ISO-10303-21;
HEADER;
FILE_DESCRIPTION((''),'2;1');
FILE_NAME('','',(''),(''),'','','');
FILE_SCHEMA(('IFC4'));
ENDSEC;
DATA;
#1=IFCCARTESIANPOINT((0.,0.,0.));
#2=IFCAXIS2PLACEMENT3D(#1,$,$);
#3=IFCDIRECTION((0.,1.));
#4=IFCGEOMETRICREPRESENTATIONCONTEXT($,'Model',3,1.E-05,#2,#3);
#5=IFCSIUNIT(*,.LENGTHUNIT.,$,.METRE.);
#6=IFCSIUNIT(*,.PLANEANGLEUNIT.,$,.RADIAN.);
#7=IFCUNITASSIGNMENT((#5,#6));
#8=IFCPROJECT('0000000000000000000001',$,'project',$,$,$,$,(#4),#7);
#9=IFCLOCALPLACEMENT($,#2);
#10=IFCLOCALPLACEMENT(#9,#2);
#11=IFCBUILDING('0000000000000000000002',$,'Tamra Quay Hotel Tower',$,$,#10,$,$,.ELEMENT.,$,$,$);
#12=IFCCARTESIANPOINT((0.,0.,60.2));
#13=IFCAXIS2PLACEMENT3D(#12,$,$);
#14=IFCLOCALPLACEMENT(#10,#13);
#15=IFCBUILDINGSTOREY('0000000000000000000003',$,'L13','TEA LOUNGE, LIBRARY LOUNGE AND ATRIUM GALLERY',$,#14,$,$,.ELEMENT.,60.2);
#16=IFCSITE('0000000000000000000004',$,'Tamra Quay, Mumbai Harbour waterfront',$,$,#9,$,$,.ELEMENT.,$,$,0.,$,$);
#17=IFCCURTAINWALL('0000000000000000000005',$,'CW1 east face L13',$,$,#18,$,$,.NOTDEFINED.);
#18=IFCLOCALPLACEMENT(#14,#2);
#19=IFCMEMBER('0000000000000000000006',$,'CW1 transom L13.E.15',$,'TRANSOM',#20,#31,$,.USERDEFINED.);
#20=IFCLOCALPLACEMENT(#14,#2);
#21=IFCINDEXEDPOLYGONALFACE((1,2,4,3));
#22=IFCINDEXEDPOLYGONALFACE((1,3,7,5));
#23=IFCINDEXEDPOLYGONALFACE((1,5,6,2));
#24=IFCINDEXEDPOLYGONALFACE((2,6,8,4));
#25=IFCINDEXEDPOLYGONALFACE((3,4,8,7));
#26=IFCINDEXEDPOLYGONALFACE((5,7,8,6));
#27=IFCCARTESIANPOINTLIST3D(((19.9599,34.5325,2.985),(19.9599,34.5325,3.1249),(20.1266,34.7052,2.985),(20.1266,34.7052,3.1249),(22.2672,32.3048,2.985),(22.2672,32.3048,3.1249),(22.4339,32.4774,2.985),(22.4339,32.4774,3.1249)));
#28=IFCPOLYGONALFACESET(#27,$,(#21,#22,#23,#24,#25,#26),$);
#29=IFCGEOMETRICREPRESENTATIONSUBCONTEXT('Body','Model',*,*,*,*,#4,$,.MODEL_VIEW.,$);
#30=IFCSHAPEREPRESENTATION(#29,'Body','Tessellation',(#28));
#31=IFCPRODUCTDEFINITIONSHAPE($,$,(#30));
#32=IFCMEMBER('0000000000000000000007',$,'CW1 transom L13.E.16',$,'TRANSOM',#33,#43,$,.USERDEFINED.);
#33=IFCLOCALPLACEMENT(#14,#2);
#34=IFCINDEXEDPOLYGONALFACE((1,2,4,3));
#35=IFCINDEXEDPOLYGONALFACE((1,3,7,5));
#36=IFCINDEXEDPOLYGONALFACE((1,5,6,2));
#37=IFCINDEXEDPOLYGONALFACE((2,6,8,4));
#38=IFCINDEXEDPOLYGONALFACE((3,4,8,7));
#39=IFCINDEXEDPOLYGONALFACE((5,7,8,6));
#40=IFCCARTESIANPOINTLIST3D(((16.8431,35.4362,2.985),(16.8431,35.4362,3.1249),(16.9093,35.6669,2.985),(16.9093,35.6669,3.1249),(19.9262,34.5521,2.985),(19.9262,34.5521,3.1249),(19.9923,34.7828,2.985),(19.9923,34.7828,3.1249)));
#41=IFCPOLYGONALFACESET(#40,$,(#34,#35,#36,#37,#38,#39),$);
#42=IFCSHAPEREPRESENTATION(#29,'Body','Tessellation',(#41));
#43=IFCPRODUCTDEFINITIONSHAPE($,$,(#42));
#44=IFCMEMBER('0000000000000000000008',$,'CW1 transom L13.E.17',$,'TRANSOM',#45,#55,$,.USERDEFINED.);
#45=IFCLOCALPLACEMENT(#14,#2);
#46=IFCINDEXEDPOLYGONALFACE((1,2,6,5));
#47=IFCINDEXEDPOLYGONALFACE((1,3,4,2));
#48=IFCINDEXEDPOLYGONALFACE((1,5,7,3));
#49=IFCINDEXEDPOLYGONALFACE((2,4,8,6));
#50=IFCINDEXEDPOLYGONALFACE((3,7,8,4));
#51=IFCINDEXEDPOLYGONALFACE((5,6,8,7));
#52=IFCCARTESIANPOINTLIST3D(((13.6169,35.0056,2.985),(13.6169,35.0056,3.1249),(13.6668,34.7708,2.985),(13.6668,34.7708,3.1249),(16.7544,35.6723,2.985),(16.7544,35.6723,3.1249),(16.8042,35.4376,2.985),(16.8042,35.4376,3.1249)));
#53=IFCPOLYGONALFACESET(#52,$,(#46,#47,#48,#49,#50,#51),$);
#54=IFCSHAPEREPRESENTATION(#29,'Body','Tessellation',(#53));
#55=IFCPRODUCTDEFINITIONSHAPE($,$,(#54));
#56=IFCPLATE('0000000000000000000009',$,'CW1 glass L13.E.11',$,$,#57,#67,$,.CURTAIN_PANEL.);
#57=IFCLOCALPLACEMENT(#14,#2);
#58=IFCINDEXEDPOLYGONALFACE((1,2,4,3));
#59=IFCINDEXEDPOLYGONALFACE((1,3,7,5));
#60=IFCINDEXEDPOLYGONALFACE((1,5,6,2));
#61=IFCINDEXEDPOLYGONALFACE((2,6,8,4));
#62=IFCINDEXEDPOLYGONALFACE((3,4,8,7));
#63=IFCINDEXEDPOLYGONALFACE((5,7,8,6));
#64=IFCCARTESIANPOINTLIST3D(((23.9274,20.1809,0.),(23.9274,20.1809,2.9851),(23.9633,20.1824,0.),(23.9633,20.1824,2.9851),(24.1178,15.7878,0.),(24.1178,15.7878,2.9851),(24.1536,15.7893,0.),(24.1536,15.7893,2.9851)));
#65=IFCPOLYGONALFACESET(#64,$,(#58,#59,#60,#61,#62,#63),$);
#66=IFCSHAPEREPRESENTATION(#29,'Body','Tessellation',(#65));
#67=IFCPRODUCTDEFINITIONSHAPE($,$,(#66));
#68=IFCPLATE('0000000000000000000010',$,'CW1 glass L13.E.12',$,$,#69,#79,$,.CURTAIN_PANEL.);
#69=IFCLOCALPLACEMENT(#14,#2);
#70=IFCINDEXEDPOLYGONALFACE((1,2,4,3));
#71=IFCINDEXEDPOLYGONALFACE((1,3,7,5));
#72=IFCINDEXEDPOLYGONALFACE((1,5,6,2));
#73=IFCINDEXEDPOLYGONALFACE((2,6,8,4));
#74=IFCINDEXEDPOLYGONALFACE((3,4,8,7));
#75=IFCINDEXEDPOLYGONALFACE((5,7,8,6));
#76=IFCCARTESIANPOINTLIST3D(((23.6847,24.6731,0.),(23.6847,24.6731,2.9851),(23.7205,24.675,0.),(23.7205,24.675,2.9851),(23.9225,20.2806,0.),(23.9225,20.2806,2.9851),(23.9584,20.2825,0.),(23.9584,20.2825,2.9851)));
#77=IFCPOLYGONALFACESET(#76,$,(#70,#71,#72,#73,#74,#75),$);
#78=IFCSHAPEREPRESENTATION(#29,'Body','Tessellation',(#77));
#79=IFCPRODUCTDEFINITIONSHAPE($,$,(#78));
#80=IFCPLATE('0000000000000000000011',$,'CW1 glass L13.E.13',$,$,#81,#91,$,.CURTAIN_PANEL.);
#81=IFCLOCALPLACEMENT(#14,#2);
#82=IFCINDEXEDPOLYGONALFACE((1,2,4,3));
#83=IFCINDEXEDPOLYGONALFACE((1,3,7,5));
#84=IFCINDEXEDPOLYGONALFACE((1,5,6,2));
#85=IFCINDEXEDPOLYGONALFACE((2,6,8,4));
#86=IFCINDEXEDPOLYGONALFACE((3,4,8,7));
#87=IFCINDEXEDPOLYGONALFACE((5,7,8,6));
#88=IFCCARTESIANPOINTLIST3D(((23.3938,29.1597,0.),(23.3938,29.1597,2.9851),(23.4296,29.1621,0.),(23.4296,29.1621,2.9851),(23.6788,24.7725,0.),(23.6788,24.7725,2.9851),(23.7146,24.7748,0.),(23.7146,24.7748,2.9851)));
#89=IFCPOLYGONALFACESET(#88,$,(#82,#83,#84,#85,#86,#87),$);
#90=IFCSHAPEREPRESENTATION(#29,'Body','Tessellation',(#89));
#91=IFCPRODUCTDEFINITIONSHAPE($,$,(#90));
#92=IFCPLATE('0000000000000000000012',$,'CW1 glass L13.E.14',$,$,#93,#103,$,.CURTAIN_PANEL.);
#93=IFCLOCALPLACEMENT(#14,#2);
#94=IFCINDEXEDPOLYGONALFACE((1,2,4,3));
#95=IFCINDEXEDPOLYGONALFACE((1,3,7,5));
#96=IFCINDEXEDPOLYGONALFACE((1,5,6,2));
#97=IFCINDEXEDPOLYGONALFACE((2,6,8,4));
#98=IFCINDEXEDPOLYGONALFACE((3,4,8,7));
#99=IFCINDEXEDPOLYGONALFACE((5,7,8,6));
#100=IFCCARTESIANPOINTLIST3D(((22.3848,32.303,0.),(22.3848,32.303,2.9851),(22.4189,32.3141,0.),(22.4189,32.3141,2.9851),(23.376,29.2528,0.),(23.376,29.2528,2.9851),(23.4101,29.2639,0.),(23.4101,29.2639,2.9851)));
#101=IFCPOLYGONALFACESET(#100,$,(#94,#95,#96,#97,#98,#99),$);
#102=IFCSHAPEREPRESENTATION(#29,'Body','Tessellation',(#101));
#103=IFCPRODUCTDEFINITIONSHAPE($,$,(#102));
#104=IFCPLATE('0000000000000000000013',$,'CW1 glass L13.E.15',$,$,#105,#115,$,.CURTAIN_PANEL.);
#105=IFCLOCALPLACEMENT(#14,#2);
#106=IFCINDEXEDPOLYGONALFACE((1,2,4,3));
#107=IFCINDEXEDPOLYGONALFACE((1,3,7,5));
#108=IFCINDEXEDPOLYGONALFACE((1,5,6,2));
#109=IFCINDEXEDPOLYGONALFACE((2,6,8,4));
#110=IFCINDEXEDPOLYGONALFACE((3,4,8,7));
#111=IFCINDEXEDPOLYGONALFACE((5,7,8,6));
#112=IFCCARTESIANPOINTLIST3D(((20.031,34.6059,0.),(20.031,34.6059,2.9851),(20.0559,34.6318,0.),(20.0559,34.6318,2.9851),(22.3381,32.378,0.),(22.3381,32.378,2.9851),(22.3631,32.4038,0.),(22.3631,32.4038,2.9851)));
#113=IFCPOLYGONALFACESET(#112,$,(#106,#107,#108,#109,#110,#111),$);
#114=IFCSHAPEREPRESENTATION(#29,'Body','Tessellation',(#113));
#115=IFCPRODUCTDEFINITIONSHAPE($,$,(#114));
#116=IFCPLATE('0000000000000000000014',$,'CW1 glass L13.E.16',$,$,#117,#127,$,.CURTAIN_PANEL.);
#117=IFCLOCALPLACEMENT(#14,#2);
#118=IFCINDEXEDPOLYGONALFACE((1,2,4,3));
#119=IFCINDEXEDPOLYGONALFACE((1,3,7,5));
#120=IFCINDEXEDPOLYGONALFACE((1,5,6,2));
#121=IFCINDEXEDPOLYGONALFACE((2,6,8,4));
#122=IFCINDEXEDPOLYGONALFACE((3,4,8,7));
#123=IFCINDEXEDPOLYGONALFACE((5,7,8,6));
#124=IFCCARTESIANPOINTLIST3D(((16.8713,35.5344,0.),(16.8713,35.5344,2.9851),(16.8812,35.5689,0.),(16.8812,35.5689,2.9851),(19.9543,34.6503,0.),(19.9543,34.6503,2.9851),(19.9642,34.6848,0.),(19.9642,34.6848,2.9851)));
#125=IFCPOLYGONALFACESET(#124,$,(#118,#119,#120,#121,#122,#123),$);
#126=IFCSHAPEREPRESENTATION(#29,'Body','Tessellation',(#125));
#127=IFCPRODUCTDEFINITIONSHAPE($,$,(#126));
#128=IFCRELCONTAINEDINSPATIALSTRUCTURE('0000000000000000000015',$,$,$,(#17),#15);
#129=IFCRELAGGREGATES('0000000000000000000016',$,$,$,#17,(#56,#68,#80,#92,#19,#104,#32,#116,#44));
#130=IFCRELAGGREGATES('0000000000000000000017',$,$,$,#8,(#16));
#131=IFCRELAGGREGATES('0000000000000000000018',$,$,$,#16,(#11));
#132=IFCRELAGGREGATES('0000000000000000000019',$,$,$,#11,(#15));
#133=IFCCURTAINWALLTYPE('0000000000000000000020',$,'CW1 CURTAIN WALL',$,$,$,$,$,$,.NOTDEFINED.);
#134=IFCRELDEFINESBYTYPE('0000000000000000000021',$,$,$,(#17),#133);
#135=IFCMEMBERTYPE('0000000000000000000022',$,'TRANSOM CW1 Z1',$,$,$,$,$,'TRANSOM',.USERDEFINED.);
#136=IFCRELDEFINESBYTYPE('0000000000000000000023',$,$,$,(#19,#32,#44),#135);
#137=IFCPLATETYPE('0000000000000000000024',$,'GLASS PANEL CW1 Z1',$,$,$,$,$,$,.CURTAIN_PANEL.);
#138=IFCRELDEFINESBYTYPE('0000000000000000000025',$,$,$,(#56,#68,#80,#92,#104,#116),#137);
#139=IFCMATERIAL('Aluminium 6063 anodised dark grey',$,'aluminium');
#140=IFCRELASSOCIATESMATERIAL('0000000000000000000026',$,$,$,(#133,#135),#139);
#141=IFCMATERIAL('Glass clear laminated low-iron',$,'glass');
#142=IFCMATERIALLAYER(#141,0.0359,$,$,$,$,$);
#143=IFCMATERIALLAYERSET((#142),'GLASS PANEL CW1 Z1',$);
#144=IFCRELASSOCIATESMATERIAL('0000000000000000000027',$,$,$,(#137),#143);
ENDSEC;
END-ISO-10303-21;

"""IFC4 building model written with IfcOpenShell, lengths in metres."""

from ifc_helpers import new_model, si_unit, direction, frame, origin, origin_2d, place, context, subcontext, project, spatial, rectangle, extrude, material, layer, layer_set, material_profile, profile_set, type_object, element, aggregate, save


model = new_model("IFC4")

# Units and contexts
model_context = context("Model", 3, precision=1e-05, world=origin(), true_north=direction((0.0, 1.0)))
body_context = subcontext(model_context, "Body", "Model", "MODEL_VIEW")
ifc_project = project(units=[si_unit("LENGTHUNIT", "METRE"), si_unit("PLANEANGLEUNIT", "RADIAN")], contexts=[model_context])

# Site, building, storey
site_placement = place(None, origin())
site = spatial("IfcSite", under=ifc_project, at=site_placement, Name="Tamra Quay, Mumbai Harbour waterfront", CompositionType="ELEMENT", RefElevation=0.0)
building_placement = place(site_placement, origin())
building = spatial("IfcBuilding", under=site, at=building_placement, Name="Tamra Quay Hotel Tower", CompositionType="ELEMENT")
storey_placement = place(building_placement, frame((0.0, 0.0, 60.2)))
storey = spatial("IfcBuildingStorey", under=building, at=storey_placement, Name="L13", Description="TEA LOUNGE, LIBRARY LOUNGE AND ATRIUM GALLERY", CompositionType="ELEMENT", Elevation=60.2)

# Curtain wall
ifc_material_1 = material(Name="Aluminium 6063 anodised dark grey", Category="aluminium")
curtain_wall_type = type_object("IfcCurtainWallType", Name="CW1 CURTAIN WALL", PredefinedType="NOTDEFINED", material=ifc_material_1)
curtain_wall_placement = place(storey_placement, origin())
curtain_wall = element("IfcCurtainWall", 1, at=curtain_wall_placement, inside=storey, type_object=curtain_wall_type, Name="CW1 east face L13", PredefinedType="NOTDEFINED")

# Members
ifc_material_profile_1 = material_profile(ifc_material_1, rectangle(XDim=0.24, YDim=0.1399, at=origin_2d()), Name="TRANSOM 240X140")
ifc_profile_set_1 = profile_set([ifc_material_profile_1], Name="Aluminium 6063 anodised dark grey")
member_type_1 = type_object("IfcMemberType", Name="TRANSOM CW1 Z1", ElementType="TRANSOM", PredefinedType="USERDEFINED", material=ifc_profile_set_1)
member_1_placement = place(storey_placement, frame((22.3506, 32.3911, 3.0549), z_axis=(-0.719405, 0.69459, 0.0), x_axis=(-0.69459, -0.719405, 0.0)))
member_1 = element("IfcMember", 2, at=member_1_placement, type_object=member_type_1, Name="CW1 transom L13.E.15", ObjectType="TRANSOM", PredefinedType="USERDEFINED", context=body_context, shape_type="SweptSolid", body=[
    extrude(rectangle(XDim=0.24, YDim=0.1399, at=origin_2d()), origin(), (0.0, 0.0, 1.0), 3.2073),
])
member_2_placement = place(storey_placement, frame((19.9592, 34.6675, 3.0549), z_axis=(-0.961262, 0.275636, 0.0), x_axis=(-0.275636, -0.961262, 0.0)))
member_2 = element("IfcMember", 3, at=member_2_placement, type_object=member_type_1, Name="CW1 transom L13.E.16", ObjectType="TRANSOM", PredefinedType="USERDEFINED", context=body_context, shape_type="SweptSolid", body=[
    extrude(rectangle(XDim=0.24, YDim=0.1399, at=origin_2d()), origin(), (0.0, 0.0, 1.0), 3.2073),
])
member_3_placement = place(storey_placement, frame((16.7793, 35.5549, 3.0549), z_axis=(-0.978156, -0.207871, 0.0), x_axis=(0.207871, -0.978156, 0.0)))
member_3 = element("IfcMember", 4, at=member_3_placement, type_object=member_type_1, Name="CW1 transom L13.E.17", ObjectType="TRANSOM", PredefinedType="USERDEFINED", context=body_context, shape_type="SweptSolid", body=[
    extrude(rectangle(XDim=0.24, YDim=0.1399, at=origin_2d()), origin(), (0.0, 0.0, 1.0), 3.2075),
])

# Plates
ifc_material_2 = material(Name="Glass clear laminated low-iron", Category="glass")
ifc_layer = layer(ifc_material_2, 0.0359)
ifc_layer_set = layer_set([ifc_layer], Name="GLASS PANEL CW1 Z1")
plate_type = type_object("IfcPlateType", Name="GLASS PANEL CW1 Z1", PredefinedType="CURTAIN_PANEL", material=ifc_layer_set)
plate_1_placement = place(storey_placement, frame((24.0405, 17.9851, 0.0), z_axis=(0.0, 0.0, 1.0), x_axis=(-0.043285, 0.999063, 0.0)))
plate_1 = element("IfcPlate", 5, at=plate_1_placement, type_object=plate_type, Name="CW1 glass L13.E.11", PredefinedType="CURTAIN_PANEL", context=body_context, shape_type="SweptSolid", body=[
    extrude(rectangle(XDim=4.3972, YDim=0.0359, at=origin_2d()), origin(), (0.0, 0.0, 1.0), 2.9851),
])
plate_2_placement = place(storey_placement, frame((23.8215, 22.4778, 0.0), z_axis=(0.0, 0.0, 1.0), x_axis=(-0.054062, 0.998538, 0.0)))
plate_2 = element("IfcPlate", 6, at=plate_2_placement, type_object=plate_type, Name="CW1 glass L13.E.12", PredefinedType="CURTAIN_PANEL", context=body_context, shape_type="SweptSolid", body=[
    extrude(rectangle(XDim=4.3989, YDim=0.0359, at=origin_2d()), origin(), (0.0, 0.0, 1.0), 2.9851),
])
plate_3_placement = place(storey_placement, frame((23.5542, 26.9673, 0.0), z_axis=(0.0, 0.0, 1.0), x_axis=(-0.064813, 0.997897, 0.0)))
plate_3 = element("IfcPlate", 7, at=plate_3_placement, type_object=plate_type, Name="CW1 glass L13.E.13", PredefinedType="CURTAIN_PANEL", context=body_context, shape_type="SweptSolid", body=[
    extrude(rectangle(XDim=4.3965, YDim=0.0359, at=origin_2d()), origin(), (0.0, 0.0, 1.0), 2.9851),
])
plate_4_placement = place(storey_placement, frame((22.8975, 30.7834, 0.0), z_axis=(0.0, 0.0, 1.0), x_axis=(-0.309041, 0.951049, 0.0)))
plate_4 = element("IfcPlate", 8, at=plate_4_placement, type_object=plate_type, Name="CW1 glass L13.E.14", PredefinedType="CURTAIN_PANEL", context=body_context, shape_type="SweptSolid", body=[
    extrude(rectangle(XDim=3.2073, YDim=0.0359, at=origin_2d()), origin(), (0.0, 0.0, 1.0), 2.9851),
])
plate_5_placement = place(storey_placement, frame((21.197, 33.5049, 0.0), z_axis=(0.0, 0.0, 1.0), x_axis=(-0.719346, 0.694652, 0.0)))
plate_5 = element("IfcPlate", 9, at=plate_5_placement, type_object=plate_type, Name="CW1 glass L13.E.15", PredefinedType="CURTAIN_PANEL", context=body_context, shape_type="SweptSolid", body=[
    extrude(rectangle(XDim=3.2073, YDim=0.0359, at=origin_2d()), origin(), (0.0, 0.0, 1.0), 2.9851),
])
plate_6_placement = place(storey_placement, frame((18.4177, 35.1096, 0.0), z_axis=(0.0, 0.0, 1.0), x_axis=(-0.961259, 0.275645, 0.0)))
plate_6 = element("IfcPlate", 10, at=plate_6_placement, type_object=plate_type, Name="CW1 glass L13.E.16", PredefinedType="CURTAIN_PANEL", context=body_context, shape_type="SweptSolid", body=[
    extrude(rectangle(XDim=3.2073, YDim=0.0359, at=origin_2d()), origin(), (0.0, 0.0, 1.0), 2.9851),
])
aggregate(curtain_wall, [plate_1, plate_2, plate_3, plate_4, member_1, plate_5, member_2, plate_6, member_3])

save(model, "model.ifc")
